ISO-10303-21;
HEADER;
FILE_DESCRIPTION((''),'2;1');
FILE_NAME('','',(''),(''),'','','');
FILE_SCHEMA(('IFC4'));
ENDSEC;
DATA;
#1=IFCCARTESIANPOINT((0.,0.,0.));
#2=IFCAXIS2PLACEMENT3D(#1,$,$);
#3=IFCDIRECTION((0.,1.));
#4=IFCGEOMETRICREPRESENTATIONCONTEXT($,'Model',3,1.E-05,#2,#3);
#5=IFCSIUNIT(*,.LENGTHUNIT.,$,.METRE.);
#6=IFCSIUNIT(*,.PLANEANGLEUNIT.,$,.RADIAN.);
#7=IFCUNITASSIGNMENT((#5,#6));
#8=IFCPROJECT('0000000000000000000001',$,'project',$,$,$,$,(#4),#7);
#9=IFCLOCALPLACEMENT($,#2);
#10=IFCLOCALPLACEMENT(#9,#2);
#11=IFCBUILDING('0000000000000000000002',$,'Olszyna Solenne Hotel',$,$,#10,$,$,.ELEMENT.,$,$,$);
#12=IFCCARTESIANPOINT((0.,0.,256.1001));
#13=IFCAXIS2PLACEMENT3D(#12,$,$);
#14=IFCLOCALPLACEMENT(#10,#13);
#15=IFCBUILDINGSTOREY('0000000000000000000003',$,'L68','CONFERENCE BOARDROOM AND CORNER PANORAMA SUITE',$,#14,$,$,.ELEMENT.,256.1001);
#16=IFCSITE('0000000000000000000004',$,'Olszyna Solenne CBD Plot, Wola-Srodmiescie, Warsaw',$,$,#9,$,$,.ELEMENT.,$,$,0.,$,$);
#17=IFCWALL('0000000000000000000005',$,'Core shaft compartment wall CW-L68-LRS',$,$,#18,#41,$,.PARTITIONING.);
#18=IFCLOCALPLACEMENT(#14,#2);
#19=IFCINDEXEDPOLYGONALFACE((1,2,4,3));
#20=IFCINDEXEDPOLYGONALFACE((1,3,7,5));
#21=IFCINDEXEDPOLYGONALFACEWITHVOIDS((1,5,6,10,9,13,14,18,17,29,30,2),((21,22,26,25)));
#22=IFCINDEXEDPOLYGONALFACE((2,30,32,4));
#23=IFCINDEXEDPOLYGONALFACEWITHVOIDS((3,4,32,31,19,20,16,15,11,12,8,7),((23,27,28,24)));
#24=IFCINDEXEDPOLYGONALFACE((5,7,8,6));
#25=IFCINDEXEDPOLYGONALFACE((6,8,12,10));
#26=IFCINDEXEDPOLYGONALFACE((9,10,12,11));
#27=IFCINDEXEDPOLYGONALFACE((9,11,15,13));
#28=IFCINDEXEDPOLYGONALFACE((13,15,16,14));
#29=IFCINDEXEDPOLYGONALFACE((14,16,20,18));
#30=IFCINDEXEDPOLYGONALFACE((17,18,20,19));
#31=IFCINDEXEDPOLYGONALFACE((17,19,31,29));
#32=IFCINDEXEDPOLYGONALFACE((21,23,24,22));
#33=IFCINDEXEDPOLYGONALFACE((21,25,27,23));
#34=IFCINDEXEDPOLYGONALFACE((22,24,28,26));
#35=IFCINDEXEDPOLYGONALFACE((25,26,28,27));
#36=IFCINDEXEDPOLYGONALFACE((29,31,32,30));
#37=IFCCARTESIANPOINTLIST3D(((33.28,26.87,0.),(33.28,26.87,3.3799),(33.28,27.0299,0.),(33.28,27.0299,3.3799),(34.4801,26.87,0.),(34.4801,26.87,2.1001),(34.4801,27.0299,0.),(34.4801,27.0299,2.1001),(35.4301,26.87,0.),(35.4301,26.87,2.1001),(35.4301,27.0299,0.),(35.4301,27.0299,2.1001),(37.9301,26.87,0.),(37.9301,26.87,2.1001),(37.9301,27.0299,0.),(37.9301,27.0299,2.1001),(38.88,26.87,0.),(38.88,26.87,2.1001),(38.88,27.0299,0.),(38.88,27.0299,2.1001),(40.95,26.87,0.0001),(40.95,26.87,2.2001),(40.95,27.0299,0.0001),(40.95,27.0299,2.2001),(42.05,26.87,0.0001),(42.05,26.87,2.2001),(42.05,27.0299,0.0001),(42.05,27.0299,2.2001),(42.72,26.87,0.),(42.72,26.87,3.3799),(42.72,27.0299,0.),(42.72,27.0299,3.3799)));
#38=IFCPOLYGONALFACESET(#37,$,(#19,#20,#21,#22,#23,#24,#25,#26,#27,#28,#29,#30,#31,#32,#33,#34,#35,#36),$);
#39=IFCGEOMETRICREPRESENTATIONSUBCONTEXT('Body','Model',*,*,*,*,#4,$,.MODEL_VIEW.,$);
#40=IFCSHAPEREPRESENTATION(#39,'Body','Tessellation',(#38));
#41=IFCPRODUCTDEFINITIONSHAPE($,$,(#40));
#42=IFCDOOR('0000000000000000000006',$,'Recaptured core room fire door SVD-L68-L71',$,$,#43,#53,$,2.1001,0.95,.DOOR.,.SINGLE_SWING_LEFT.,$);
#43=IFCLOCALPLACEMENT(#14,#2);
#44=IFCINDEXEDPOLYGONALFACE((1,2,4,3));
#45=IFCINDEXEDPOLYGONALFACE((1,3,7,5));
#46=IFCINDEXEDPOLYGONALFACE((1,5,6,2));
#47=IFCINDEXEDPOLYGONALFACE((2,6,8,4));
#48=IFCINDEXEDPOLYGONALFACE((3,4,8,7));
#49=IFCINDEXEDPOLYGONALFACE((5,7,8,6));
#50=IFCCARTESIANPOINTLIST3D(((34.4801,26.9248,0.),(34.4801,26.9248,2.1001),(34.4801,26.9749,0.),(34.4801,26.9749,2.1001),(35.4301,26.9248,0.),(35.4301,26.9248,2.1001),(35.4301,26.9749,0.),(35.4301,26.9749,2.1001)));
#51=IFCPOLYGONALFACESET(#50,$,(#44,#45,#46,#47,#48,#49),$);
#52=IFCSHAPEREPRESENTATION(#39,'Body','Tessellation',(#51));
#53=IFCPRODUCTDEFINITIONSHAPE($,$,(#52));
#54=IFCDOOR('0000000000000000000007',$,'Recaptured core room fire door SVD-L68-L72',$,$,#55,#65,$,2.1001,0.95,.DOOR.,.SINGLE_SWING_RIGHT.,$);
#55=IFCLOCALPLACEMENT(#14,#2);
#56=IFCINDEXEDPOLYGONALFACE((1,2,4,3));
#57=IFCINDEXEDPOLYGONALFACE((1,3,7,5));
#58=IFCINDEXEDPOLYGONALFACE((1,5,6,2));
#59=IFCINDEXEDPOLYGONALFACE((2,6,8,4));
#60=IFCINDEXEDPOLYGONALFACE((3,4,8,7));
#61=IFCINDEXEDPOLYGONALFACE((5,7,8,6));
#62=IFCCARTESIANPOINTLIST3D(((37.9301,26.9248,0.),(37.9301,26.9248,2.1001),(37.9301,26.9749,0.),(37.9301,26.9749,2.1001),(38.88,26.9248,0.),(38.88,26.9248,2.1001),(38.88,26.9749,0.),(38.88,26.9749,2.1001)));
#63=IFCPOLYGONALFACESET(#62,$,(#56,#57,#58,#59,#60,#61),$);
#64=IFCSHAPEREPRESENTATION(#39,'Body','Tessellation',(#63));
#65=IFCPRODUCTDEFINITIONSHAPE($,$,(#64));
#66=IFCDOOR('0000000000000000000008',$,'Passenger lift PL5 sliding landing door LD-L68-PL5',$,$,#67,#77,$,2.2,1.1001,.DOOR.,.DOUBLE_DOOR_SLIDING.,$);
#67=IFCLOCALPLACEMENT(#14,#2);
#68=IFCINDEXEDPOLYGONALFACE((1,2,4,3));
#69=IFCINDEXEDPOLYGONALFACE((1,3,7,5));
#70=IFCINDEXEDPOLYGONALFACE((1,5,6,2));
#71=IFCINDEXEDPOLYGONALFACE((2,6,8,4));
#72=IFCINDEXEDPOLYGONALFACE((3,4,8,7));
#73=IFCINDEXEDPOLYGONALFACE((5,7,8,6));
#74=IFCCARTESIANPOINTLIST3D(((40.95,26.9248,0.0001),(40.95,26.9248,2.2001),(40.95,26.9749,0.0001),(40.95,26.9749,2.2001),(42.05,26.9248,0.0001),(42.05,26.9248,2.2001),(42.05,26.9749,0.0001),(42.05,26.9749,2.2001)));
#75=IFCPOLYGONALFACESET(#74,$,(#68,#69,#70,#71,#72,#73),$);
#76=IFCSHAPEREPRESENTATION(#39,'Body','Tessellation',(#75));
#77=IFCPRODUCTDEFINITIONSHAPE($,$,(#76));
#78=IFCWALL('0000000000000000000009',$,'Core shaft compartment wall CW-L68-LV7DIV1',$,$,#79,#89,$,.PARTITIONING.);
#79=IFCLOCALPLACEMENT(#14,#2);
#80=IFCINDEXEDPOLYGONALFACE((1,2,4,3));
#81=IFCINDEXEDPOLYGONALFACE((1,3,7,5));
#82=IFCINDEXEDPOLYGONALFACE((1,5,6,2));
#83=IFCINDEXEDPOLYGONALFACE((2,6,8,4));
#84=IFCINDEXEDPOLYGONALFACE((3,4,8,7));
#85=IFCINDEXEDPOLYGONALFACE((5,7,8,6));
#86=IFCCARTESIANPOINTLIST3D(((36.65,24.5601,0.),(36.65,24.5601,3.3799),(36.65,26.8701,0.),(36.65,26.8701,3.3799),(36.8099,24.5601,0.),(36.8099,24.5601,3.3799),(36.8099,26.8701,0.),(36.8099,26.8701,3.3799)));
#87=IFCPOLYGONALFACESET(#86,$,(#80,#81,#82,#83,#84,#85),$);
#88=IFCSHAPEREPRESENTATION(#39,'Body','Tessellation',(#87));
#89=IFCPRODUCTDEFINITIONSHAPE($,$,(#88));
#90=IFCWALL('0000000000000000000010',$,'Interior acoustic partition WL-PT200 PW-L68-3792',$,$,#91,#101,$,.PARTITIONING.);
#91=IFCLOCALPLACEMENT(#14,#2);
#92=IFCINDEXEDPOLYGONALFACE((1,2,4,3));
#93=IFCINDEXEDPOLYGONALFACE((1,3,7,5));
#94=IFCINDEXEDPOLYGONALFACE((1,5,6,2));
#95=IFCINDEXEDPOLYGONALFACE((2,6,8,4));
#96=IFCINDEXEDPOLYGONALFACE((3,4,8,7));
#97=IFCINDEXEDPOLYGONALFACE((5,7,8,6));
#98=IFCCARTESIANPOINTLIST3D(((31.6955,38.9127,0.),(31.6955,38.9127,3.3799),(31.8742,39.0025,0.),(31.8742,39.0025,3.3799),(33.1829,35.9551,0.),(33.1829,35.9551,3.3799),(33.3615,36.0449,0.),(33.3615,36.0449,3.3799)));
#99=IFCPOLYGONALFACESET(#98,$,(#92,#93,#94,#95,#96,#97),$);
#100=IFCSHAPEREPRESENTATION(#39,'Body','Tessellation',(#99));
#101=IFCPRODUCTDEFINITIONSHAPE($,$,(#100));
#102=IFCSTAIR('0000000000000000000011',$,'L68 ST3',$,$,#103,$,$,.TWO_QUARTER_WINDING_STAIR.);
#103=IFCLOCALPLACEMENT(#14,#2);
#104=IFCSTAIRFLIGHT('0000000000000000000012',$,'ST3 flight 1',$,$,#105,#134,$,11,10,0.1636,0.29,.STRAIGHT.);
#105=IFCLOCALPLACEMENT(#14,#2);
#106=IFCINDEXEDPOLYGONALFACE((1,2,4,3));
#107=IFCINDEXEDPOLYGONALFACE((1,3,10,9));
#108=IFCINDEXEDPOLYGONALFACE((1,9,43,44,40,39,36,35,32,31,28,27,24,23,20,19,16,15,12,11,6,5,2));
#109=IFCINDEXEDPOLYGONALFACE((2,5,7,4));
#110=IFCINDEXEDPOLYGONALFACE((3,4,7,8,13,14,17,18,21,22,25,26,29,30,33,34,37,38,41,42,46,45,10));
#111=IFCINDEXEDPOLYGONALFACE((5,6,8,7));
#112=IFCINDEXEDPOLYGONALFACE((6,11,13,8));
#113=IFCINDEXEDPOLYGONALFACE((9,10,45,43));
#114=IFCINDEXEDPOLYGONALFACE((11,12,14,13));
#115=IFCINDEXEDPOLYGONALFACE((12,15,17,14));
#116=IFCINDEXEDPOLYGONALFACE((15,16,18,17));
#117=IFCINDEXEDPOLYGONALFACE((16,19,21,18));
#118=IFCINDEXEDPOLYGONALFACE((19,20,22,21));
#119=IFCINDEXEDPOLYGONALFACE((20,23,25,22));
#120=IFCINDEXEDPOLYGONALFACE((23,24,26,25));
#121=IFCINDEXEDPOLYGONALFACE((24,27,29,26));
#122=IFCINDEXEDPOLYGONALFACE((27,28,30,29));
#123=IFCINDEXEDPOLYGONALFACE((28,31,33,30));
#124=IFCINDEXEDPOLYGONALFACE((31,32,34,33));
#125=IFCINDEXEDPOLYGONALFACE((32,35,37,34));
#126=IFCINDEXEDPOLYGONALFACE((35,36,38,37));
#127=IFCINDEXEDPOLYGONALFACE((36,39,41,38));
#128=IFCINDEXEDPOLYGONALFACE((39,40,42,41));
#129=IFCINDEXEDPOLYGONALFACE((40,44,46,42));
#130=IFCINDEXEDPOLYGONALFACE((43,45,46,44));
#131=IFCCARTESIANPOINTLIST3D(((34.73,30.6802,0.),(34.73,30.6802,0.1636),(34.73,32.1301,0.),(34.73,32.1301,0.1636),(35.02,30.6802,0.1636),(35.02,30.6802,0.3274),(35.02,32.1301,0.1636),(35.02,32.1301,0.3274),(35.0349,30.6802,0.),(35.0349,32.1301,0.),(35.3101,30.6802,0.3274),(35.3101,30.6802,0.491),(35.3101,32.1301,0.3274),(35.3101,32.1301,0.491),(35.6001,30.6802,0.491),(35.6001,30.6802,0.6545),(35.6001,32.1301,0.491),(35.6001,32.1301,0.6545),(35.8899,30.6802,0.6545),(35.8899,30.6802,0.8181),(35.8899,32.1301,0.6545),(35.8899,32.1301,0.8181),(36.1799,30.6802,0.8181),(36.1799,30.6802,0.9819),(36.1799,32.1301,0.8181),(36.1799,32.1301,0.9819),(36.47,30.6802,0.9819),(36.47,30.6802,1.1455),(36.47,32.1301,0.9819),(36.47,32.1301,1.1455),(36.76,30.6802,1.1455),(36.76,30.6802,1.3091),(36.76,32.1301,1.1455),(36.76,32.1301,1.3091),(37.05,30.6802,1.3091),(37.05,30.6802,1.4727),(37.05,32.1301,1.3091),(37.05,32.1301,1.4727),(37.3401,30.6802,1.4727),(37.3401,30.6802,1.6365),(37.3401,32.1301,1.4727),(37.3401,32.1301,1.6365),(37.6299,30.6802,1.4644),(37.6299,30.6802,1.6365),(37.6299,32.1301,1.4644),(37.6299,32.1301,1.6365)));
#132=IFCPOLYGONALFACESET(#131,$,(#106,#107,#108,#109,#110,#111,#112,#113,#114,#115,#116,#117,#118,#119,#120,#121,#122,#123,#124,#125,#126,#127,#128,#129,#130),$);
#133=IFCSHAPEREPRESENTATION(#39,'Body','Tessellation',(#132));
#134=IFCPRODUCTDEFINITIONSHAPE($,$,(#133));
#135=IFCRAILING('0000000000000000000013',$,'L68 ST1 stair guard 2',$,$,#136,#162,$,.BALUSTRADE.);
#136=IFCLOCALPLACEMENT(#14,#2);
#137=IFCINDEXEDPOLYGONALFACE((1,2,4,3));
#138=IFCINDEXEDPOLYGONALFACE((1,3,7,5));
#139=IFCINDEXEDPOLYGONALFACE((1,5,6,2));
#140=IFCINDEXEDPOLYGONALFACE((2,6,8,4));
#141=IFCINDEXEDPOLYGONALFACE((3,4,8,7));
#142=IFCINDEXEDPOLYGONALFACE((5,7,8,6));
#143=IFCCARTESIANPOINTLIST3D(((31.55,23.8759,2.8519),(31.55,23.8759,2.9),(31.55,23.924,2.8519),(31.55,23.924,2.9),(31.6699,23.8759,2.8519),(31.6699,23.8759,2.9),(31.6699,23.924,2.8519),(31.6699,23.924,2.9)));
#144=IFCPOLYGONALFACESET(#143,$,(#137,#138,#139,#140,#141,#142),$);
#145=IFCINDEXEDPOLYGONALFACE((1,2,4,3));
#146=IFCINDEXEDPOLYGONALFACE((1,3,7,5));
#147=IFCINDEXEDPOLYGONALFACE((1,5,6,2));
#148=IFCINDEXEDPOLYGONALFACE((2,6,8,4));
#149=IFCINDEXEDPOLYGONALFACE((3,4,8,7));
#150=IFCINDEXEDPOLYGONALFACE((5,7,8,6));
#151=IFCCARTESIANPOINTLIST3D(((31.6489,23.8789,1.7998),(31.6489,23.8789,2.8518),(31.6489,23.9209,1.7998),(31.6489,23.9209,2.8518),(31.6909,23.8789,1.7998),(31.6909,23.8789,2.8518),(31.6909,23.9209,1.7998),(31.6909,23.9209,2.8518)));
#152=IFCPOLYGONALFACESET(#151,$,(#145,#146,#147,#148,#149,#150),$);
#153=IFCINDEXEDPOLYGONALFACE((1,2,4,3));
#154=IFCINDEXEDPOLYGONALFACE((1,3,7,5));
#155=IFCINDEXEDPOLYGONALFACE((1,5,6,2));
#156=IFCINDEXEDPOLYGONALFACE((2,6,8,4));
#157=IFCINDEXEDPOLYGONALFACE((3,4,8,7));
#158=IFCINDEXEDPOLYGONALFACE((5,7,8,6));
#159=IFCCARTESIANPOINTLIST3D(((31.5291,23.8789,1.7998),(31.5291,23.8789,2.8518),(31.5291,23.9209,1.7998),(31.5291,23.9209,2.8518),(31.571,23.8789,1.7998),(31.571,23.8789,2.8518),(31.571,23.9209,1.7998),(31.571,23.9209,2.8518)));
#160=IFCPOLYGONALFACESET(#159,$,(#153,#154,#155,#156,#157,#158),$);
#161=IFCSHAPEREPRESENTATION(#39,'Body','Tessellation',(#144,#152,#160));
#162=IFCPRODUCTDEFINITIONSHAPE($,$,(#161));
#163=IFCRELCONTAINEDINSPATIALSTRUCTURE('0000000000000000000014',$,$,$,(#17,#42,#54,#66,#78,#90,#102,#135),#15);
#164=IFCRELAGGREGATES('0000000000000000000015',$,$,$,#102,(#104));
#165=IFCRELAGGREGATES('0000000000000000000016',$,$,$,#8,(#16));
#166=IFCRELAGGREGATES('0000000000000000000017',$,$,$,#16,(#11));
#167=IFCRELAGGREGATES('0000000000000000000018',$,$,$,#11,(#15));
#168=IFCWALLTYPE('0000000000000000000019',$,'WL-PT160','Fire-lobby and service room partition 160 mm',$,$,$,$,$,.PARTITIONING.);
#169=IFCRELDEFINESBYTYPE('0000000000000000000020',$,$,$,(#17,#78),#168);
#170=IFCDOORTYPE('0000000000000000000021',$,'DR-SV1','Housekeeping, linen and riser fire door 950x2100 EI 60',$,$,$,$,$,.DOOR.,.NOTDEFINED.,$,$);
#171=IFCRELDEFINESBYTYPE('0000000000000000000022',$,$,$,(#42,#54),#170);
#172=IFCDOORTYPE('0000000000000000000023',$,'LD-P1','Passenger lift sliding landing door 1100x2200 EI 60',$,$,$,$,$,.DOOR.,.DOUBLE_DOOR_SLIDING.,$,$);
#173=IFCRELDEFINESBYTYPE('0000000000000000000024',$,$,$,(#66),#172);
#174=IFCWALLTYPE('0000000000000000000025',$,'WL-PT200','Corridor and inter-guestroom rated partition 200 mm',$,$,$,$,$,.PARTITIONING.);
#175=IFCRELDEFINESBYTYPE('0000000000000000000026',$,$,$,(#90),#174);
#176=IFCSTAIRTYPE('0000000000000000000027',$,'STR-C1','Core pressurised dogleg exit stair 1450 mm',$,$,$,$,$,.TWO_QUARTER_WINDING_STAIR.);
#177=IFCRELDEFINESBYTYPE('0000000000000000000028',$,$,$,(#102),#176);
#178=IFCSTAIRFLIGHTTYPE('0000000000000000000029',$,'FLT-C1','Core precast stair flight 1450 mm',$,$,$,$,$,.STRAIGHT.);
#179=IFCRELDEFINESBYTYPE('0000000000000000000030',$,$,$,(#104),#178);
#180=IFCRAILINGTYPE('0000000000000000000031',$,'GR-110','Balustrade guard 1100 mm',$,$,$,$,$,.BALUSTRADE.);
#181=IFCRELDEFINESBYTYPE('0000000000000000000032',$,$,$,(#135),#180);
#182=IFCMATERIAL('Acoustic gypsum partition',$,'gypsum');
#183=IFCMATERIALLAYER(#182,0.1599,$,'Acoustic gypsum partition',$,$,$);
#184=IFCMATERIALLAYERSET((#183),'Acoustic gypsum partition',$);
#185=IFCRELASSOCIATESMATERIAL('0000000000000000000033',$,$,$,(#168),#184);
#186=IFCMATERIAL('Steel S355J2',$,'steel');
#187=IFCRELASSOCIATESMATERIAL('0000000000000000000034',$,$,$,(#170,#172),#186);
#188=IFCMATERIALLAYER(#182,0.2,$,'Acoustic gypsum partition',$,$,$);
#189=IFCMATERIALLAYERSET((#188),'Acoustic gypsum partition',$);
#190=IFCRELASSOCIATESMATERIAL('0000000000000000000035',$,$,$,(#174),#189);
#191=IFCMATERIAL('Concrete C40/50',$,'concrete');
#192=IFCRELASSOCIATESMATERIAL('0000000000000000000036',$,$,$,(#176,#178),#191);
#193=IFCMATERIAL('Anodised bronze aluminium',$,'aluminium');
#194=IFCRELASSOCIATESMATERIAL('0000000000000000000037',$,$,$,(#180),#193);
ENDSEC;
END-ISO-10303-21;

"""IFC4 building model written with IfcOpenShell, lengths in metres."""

from ifc_helpers import new_model, si_unit, direction, frame, frame_2d, origin, origin_2d, place, context, subcontext, project, spatial, polyline, rectangle, outline, extrude, source, transform, mapped, material, layer, layer_set, type_object, type_shapes, element, fill, aggregate, save


model = new_model("IFC4")

# Units and contexts
model_context = context("Model", 3, precision=1e-05, world=origin(), true_north=direction((0.0, 1.0)))
body_context = subcontext(model_context, "Body", "Model", "MODEL_VIEW")
ifc_project = project(units=[si_unit("LENGTHUNIT", "METRE"), si_unit("PLANEANGLEUNIT", "RADIAN")], contexts=[model_context])

# Site, building, storey
site_placement = place(None, origin())
site = spatial("IfcSite", under=ifc_project, at=site_placement, Name="Olszyna Solenne CBD Plot, Wola-Srodmiescie, Warsaw", CompositionType="ELEMENT", RefElevation=0.0)
building_placement = place(site_placement, origin())
building = spatial("IfcBuilding", under=site, at=building_placement, Name="Olszyna Solenne Hotel", CompositionType="ELEMENT")
storey_placement = place(building_placement, frame((0.0, 0.0, 256.1001)))
storey = spatial("IfcBuildingStorey", under=building, at=storey_placement, Name="L68", Description="CONFERENCE BOARDROOM AND CORNER PANORAMA SUITE", CompositionType="ELEMENT", Elevation=256.1001)

# Shared definitions
ifc_material_1 = material(Name="Steel S355J2", Category="steel")

# Shared definitions
ifc_material_2 = material(Name="Anodised bronze aluminium", Category="aluminium")

# Shared definitions
ifc_material_3 = material(Name="Acoustic gypsum partition", Category="gypsum")
ifc_layer_1 = layer(ifc_material_3, 0.1599, Name="Acoustic gypsum partition")
ifc_layer_set_1 = layer_set([ifc_layer_1], Name="Acoustic gypsum partition")
wall_type_1 = type_object("IfcWallType", Name="WL-PT160", Description="Fire-lobby and service room partition 160 mm", PredefinedType="PARTITIONING", material=ifc_layer_set_1)

# Wall, openings, doors
wall_1_placement = place(storey_placement, frame((33.28, 26.95, 0.0), z_axis=(0.0, 0.0, 1.0), x_axis=(1.0, 0.0, 0.0)))
wall_1 = element("IfcWall", 1, at=wall_1_placement, inside=storey, type_object=wall_type_1, Name="Core shaft compartment wall CW-L68-LRS", PredefinedType="PARTITIONING", context=body_context, shape_type="SweptSolid", body=[
    extrude(rectangle(XDim=9.4399, YDim=0.1599, at=frame_2d((4.72, 0.0))), origin(), (0.0, 0.0, 1.0), 3.3799),
])
opening_1_placement = place(wall_1_placement, frame((1.2, 0.0, 0.0)))
opening_1 = element("IfcOpeningElement", 2, at=opening_1_placement, cuts=wall_1, PredefinedType="OPENING", context=body_context, shape_type="SweptSolid", body=[
    extrude(rectangle(XDim=0.95, YDim=2.1001, at=frame_2d((0.4751, 1.05))), frame((0.0, 0.0898, 0.0), z_axis=(0.0, -1.0, 0.0), x_axis=(1.0, 0.0, 0.0)), (0.0, 0.0, 1.0), 0.1799),
])
opening_2_placement = place(wall_1_placement, frame((4.6499, 0.0, 0.0)))
opening_2 = element("IfcOpeningElement", 3, at=opening_2_placement, cuts=wall_1, PredefinedType="OPENING", context=body_context, shape_type="SweptSolid", body=[
    extrude(rectangle(XDim=0.95, YDim=2.1001, at=frame_2d((0.4751, 1.05))), frame((0.0, 0.0898, 0.0), z_axis=(0.0, -1.0, 0.0), x_axis=(1.0, 0.0, 0.0)), (0.0, 0.0, 1.0), 0.1799),
])
opening_3_placement = place(wall_1_placement, frame((7.6699, 0.0, 0.0)))
opening_3 = element("IfcOpeningElement", 4, at=opening_3_placement, cuts=wall_1, PredefinedType="OPENING", context=body_context, shape_type="SweptSolid", body=[
    extrude(rectangle(XDim=1.1001, YDim=2.2, at=frame_2d((0.55, 1.1001))), frame((0.0, 0.0898, 0.0), z_axis=(0.0, -1.0, 0.0), x_axis=(1.0, 0.0, 0.0)), (0.0, 0.0, 1.0), 0.1799),
])
door_type_1 = type_object("IfcDoorType", Name="DR-SV1", Description="Housekeeping, linen and riser fire door 950x2100 EI 60", OperationType="NOTDEFINED", PredefinedType="DOOR", material=ifc_material_1)
shared_shape_1 = source(origin(), body_context, "Body", "SweptSolid", [
    extrude(rectangle(XDim=0.95, YDim=2.1001, at=frame_2d((0.4751, 1.05))), frame((0.0, 0.0249, 0.0), z_axis=(0.0, -1.0, 0.0), x_axis=(1.0, 0.0, 0.0)), (0.0, 0.0, 1.0), 0.05),
])
type_shapes(door_type_1, [shared_shape_1])
door_1_placement = place(opening_1_placement, origin())
door_1 = element("IfcDoor", 5, at=door_1_placement, inside=storey, type_object=door_type_1, Name="Recaptured core room fire door SVD-L68-L71", OperationType="SINGLE_SWING_LEFT", OverallHeight=2.1001, OverallWidth=0.95, PredefinedType="DOOR", context=body_context, shape_type="MappedRepresentation", body=[
    mapped(shared_shape_1, transform((0.0, 0.0, 0.0), x_axis=(1.0, 0.0, 0.0), y_axis=(0.0, 1.0, 0.0), z_axis=(0.0, 0.0, 1.0), scale=1.0)),
])
fill(opening_1, door_1)
door_2_placement = place(opening_2_placement, origin())
door_2 = element("IfcDoor", 6, at=door_2_placement, inside=storey, type_object=door_type_1, Name="Recaptured core room fire door SVD-L68-L72", OperationType="SINGLE_SWING_RIGHT", OverallHeight=2.1001, OverallWidth=0.95, PredefinedType="DOOR", context=body_context, shape_type="MappedRepresentation", body=[
    mapped(shared_shape_1, transform((0.0, 0.0, 0.0), x_axis=(1.0, 0.0, 0.0), y_axis=(0.0, 1.0, 0.0), z_axis=(0.0, 0.0, 1.0), scale=1.0)),
])
fill(opening_2, door_2)
door_type_2 = type_object("IfcDoorType", Name="LD-P1", Description="Passenger lift sliding landing door 1100x2200 EI 60", OperationType="DOUBLE_DOOR_SLIDING", PredefinedType="DOOR", material=ifc_material_1)
shared_shape_2 = source(origin(), body_context, "Body", "SweptSolid", [
    extrude(rectangle(XDim=1.1001, YDim=2.2, at=frame_2d((0.55, 1.1001))), frame((0.0, 0.0249, 0.0), z_axis=(0.0, -1.0, 0.0), x_axis=(1.0, 0.0, 0.0)), (0.0, 0.0, 1.0), 0.05),
])
type_shapes(door_type_2, [shared_shape_2])
door_3_placement = place(opening_3_placement, origin())
door_3 = element("IfcDoor", 7, at=door_3_placement, inside=storey, type_object=door_type_2, Name="Passenger lift PL5 sliding landing door LD-L68-PL5", OperationType="DOUBLE_DOOR_SLIDING", OverallHeight=2.2, OverallWidth=1.1001, PredefinedType="DOOR", context=body_context, shape_type="MappedRepresentation", body=[
    mapped(shared_shape_2, transform((0.0, 0.0, 0.0), x_axis=(1.0, 0.0, 0.0), y_axis=(0.0, 1.0, 0.0), z_axis=(0.0, 0.0, 1.0), scale=1.0)),
])
fill(opening_3, door_3)

# Wall
wall_2_placement = place(storey_placement, frame((36.73, 24.5601, 0.0), z_axis=(0.0, 0.0, 1.0), x_axis=(0.0, 1.0, 0.0)))
element("IfcWall", 8, at=wall_2_placement, inside=storey, type_object=wall_type_1, Name="Core shaft compartment wall CW-L68-LV7DIV1", PredefinedType="PARTITIONING", context=body_context, shape_type="SweptSolid", body=[
    extrude(rectangle(XDim=2.3101, YDim=0.1599, at=frame_2d((1.155, 0.0))), origin(), (0.0, 0.0, 1.0), 3.3799),
])

# Wall
ifc_layer_2 = layer(ifc_material_3, 0.2, Name="Acoustic gypsum partition")
ifc_layer_set_2 = layer_set([ifc_layer_2], Name="Acoustic gypsum partition")
wall_type_2 = type_object("IfcWallType", Name="WL-PT200", Description="Corridor and inter-guestroom rated partition 200 mm", PredefinedType="PARTITIONING", material=ifc_layer_set_2)
wall_3_placement = place(storey_placement, frame((33.2722, 36.0, 0.0), z_axis=(0.0, 0.0, 1.0), x_axis=(-0.449277, 0.893392, 0.0)))
element("IfcWall", 9, at=wall_3_placement, inside=storey, type_object=wall_type_2, Name="Interior acoustic partition WL-PT200 PW-L68-3792", PredefinedType="PARTITIONING", context=body_context, shape_type="SweptSolid", body=[
    extrude(rectangle(XDim=3.3105, YDim=0.2, at=frame_2d((1.6553, 0.0))), origin(), (0.0, 0.0, 1.0), 3.3799),
])

# Stair, stair flight
ifc_material_4 = material(Name="Concrete C40/50", Category="concrete")
stair_type = type_object("IfcStairType", Name="STR-C1", Description="Core pressurised dogleg exit stair 1450 mm", PredefinedType="TWO_QUARTER_WINDING_STAIR", material=ifc_material_4)
stair_placement = place(storey_placement, origin())
stair = element("IfcStair", 10, at=stair_placement, inside=storey, type_object=stair_type, Name="L68 ST3", PredefinedType="TWO_QUARTER_WINDING_STAIR")
stair_flight_type = type_object("IfcStairFlightType", Name="FLT-C1", Description="Core precast stair flight 1450 mm", PredefinedType="STRAIGHT", material=ifc_material_4)
stair_flight_placement = place(storey_placement, frame((34.73, 31.405, 0.0), z_axis=(0.0, 0.0, 1.0), x_axis=(1.0, 0.0, 0.0)))
stair_flight = element("IfcStairFlight", 11, at=stair_flight_placement, type_object=stair_flight_type, Name="ST3 flight 1", NumberOfRisers=11, NumberOfTreads=10, PredefinedType="STRAIGHT", RiserHeight=0.1636, TreadLength=0.29, context=body_context, shape_type="SweptSolid", body=[
    extrude(outline(polyline([(0.0, 0.0), (0.0, 0.1636), (0.29, 0.1636), (0.29, 0.3274), (0.5801, 0.3274), (0.5801, 0.491), (0.8701, 0.491), (0.8701, 0.6545), (1.1599, 0.6545), (1.1599, 0.8181), (1.45, 0.8181), (1.45, 0.9819), (1.74, 0.9819), (1.74, 1.1455), (2.03, 1.1455), (2.03, 1.3091), (2.3201, 1.3091), (2.3201, 1.4727), (2.6101, 1.4727), (2.6101, 1.6365), (2.8999, 1.6365), (2.8999, 1.8), (2.8999, 1.4644), (0.3049, 0.0), (0.0, 0.0)])), frame((0.0, 0.7251, 0.0), z_axis=(0.0, -1.0, 0.0), x_axis=(1.0, 0.0, 0.0)), (0.0, 0.0, 1.0), 1.45),
])
aggregate(stair, [stair_flight])

# Railing
railing_type_1 = type_object("IfcRailingType", Name="GR-110", Description="Balustrade guard 1100 mm", PredefinedType="BALUSTRADE", material=ifc_material_2)
railing_1_placement = place(storey_placement, frame((31.6699, 23.8999, 1.7998)))
element("IfcRailing", 12, at=railing_1_placement, inside=storey, type_object=railing_type_1, Name="L68 ST1 stair guard 2", PredefinedType="BALUSTRADE", context=body_context, shape_type="SweptSolid", body=[
    extrude(rectangle(XDim=0.0481, YDim=0.0481, at=origin_2d()), frame((0.0, 0.0, 1.0762), z_axis=(-1.0, 0.0, 0.0), x_axis=(0.0, -1.0, 0.0)), (0.0, 0.0, 1.0), 0.1199),
    extrude(rectangle(XDim=0.042, YDim=0.042, at=origin_2d()), origin(), (0.0, 0.0, 1.0), 1.052),
    extrude(rectangle(XDim=0.042, YDim=0.042, at=origin_2d()), frame((-0.1199, 0.0, 0.0)), (0.0, 0.0, 1.0), 1.052),
])

save(model, "model.ifc")
